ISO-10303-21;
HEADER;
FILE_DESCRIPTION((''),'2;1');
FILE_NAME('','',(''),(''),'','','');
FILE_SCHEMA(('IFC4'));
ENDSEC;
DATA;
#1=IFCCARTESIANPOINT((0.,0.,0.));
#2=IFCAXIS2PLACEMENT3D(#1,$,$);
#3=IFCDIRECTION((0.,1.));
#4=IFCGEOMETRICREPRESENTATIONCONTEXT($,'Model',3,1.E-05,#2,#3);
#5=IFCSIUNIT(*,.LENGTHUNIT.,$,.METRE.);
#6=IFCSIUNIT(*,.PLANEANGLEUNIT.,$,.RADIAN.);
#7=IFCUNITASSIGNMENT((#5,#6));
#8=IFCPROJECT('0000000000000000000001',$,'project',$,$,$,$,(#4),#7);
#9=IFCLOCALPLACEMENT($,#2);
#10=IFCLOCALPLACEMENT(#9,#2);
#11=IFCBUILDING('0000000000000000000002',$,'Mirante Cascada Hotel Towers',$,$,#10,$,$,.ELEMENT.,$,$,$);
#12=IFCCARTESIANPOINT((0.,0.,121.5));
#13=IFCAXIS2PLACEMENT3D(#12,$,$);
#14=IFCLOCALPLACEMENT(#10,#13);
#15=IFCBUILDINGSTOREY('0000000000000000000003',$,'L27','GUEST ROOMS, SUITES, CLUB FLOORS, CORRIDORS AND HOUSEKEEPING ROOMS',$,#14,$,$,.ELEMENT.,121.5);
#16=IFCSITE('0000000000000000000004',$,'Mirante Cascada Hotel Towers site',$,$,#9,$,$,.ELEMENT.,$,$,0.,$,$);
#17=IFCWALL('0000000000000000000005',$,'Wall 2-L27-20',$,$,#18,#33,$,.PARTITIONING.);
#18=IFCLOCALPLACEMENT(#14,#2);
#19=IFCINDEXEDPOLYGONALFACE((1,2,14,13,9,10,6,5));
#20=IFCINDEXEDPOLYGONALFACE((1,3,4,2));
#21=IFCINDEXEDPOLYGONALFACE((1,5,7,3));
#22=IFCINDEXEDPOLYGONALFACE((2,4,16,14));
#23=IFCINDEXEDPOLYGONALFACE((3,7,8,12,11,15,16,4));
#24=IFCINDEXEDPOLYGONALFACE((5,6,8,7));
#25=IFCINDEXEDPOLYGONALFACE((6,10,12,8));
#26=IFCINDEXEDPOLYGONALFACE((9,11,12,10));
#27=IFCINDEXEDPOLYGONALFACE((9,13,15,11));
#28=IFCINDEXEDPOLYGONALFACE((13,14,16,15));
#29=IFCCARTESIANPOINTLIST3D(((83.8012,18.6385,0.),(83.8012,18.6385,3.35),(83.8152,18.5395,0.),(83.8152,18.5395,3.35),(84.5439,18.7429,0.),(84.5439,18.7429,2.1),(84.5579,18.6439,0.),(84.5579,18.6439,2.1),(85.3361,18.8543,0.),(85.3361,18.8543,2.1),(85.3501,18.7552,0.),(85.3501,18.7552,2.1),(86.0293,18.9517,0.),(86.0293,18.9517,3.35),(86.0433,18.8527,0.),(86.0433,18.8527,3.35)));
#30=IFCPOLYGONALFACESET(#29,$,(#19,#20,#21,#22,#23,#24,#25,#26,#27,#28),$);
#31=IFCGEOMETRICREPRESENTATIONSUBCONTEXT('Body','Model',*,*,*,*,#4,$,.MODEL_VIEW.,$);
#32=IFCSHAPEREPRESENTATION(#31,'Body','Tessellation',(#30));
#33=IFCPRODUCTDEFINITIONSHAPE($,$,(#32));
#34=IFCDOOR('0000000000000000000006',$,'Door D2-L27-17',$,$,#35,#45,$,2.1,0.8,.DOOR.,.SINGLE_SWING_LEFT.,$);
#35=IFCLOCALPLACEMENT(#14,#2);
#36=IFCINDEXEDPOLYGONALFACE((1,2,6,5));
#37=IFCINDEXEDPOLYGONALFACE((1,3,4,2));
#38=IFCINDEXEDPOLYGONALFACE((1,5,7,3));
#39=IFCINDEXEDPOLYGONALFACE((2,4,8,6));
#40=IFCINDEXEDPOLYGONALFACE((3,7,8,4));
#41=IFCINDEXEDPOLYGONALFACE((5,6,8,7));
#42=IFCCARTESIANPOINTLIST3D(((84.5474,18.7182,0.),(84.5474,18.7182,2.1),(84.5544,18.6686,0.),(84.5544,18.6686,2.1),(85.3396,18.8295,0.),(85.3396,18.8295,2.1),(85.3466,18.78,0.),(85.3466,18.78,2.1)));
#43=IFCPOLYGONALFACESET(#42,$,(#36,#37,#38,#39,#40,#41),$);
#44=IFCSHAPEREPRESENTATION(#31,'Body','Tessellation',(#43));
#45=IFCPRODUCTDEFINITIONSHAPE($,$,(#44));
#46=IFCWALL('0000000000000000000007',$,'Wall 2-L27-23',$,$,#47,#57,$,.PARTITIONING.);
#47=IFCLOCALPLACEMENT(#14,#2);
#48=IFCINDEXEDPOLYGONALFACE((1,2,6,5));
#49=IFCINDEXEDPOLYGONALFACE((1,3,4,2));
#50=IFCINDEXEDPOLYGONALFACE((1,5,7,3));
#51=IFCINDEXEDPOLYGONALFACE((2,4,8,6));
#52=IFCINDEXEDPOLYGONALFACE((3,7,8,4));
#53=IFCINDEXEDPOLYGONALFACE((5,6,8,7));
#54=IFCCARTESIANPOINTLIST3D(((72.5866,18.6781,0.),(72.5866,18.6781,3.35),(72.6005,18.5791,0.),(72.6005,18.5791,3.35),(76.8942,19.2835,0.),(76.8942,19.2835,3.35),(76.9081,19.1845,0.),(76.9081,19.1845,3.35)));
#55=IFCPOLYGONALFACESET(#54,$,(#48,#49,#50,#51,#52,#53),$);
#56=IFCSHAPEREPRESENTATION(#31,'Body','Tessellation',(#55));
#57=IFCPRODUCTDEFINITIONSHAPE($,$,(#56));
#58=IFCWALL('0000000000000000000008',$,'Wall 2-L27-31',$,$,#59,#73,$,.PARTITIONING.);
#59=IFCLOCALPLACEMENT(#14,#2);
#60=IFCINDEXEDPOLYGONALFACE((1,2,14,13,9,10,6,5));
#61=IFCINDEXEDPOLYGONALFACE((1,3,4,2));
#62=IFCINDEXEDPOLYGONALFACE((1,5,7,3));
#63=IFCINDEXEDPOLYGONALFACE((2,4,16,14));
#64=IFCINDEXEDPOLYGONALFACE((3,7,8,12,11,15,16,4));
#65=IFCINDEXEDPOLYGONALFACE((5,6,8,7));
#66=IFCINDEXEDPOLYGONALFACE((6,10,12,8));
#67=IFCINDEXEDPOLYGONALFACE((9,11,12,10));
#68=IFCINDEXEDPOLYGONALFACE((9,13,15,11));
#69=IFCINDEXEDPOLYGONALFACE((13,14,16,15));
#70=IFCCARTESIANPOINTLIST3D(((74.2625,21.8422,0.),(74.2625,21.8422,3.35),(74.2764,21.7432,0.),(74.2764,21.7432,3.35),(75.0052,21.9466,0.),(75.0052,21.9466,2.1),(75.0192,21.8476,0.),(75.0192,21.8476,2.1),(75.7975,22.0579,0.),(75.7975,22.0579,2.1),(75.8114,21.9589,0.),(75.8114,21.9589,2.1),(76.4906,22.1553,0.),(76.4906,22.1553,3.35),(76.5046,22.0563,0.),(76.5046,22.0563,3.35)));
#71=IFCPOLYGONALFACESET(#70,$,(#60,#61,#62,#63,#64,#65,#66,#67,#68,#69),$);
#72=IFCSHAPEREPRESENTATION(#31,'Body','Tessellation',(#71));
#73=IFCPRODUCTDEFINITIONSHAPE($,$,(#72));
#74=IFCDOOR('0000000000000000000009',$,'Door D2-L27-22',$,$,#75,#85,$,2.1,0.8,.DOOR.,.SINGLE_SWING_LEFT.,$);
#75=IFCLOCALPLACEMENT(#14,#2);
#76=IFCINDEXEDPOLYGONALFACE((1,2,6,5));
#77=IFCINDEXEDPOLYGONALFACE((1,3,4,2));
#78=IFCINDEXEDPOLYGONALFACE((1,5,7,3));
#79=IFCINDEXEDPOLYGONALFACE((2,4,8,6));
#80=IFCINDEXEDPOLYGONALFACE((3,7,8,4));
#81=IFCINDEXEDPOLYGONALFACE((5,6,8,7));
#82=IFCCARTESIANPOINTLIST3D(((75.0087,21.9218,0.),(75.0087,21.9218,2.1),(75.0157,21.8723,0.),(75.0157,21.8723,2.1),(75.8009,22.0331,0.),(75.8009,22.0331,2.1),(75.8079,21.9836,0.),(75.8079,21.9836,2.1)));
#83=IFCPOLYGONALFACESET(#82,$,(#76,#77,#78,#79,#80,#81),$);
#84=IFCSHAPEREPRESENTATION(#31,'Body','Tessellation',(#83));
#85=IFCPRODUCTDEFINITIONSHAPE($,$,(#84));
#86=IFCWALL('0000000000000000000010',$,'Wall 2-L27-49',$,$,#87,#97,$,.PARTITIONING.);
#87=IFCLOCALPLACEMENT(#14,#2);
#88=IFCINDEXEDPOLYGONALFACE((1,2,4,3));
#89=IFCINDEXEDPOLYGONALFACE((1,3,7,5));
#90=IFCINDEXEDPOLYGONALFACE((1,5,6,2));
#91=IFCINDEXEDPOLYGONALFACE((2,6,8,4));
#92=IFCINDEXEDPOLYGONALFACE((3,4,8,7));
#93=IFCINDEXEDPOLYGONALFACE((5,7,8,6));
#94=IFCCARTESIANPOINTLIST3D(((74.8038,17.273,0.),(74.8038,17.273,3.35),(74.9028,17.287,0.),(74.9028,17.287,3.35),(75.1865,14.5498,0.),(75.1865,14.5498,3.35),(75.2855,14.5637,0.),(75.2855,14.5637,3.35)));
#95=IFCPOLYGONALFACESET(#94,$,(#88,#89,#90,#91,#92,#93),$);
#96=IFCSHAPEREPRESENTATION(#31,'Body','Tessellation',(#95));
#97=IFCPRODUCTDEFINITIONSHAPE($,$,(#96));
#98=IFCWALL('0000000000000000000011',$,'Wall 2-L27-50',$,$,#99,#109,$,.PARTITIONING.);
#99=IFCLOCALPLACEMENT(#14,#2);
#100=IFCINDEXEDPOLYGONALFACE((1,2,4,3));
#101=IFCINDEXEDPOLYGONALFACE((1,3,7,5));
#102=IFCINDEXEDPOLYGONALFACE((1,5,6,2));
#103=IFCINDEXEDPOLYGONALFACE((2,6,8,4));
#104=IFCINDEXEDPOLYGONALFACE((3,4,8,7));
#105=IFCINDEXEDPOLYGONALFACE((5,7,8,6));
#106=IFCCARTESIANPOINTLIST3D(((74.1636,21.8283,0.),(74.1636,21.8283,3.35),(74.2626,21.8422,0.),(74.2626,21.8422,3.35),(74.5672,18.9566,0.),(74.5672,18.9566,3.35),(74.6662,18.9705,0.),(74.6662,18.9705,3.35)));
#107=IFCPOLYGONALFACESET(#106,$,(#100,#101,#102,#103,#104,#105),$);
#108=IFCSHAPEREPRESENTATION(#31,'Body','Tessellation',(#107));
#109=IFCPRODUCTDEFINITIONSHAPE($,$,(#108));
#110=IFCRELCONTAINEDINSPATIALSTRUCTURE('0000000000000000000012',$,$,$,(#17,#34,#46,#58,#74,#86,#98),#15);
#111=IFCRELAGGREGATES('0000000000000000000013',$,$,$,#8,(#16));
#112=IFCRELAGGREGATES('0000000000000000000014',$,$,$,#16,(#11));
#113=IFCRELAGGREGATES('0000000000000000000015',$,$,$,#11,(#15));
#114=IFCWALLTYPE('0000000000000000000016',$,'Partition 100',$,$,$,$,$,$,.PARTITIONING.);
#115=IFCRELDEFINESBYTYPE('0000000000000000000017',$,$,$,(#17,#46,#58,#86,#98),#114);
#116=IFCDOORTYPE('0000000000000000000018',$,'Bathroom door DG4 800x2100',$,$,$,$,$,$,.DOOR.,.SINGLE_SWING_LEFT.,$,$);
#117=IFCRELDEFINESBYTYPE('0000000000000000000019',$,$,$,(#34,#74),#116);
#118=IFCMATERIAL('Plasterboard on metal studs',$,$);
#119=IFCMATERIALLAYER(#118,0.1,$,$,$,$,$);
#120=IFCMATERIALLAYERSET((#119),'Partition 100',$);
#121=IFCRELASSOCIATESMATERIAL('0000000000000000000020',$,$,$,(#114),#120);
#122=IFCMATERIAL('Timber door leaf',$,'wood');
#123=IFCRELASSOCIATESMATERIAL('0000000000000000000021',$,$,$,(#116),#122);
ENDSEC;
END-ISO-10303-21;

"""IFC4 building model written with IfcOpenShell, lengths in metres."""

from ifc_helpers import new_model, si_unit, direction, frame, frame_2d, origin, place, context, subcontext, project, spatial, rectangle, extrude, material, layer, layer_set, type_object, element, fill, save


model = new_model("IFC4")

# Units and contexts
model_context = context("Model", 3, precision=1e-05, world=origin(), true_north=direction((0.0, 1.0)))
body_context = subcontext(model_context, "Body", "Model", "MODEL_VIEW")
ifc_project = project(units=[si_unit("LENGTHUNIT", "METRE"), si_unit("PLANEANGLEUNIT", "RADIAN")], contexts=[model_context])

# Site, building, storey
site_placement = place(None, origin())
site = spatial("IfcSite", under=ifc_project, at=site_placement, Name="Mirante Cascada Hotel Towers site", CompositionType="ELEMENT", RefElevation=0.0)
building_placement = place(site_placement, origin())
building = spatial("IfcBuilding", under=site, at=building_placement, Name="Mirante Cascada Hotel Towers", CompositionType="ELEMENT")
storey_placement = place(building_placement, frame((0.0, 0.0, 121.5)))
storey = spatial("IfcBuildingStorey", under=building, at=storey_placement, Name="L27", Description="GUEST ROOMS, SUITES, CLUB FLOORS, CORRIDORS AND HOUSEKEEPING ROOMS", CompositionType="ELEMENT", Elevation=121.5)

# Shared definitions
ifc_material_1 = material(Name="Plasterboard on metal studs")
ifc_layer_1 = layer(ifc_material_1, 0.1)
ifc_layer_set_1 = layer_set([ifc_layer_1], Name="Partition 100")
wall_type_1 = type_object("IfcWallType", Name="Partition 100", PredefinedType="PARTITIONING", material=ifc_layer_set_1)
ifc_material_2 = material(Name="Timber door leaf", Category="wood")
door_type = type_object("IfcDoorType", Name="Bathroom door DG4 800x2100", OperationType="SINGLE_SWING_LEFT", PredefinedType="DOOR", material=ifc_material_2)

# Wall, opening, door
wall_1_placement = place(storey_placement, frame((83.8082, 18.589, 0.0), z_axis=(0.0, 0.0, 1.0), x_axis=(0.990264, 0.1392, 0.0)))
wall_1 = element("IfcWall", 1, at=wall_1_placement, inside=storey, type_object=wall_type_1, Name="Wall 2-L27-20", PredefinedType="PARTITIONING", context=body_context, shape_type="SweptSolid", body=[
    extrude(rectangle(XDim=2.25, YDim=0.1, at=frame_2d((1.125, 0.0))), origin(), (0.0, 0.0, 1.0), 3.35),
])
opening_1_placement = place(wall_1_placement, frame((0.75, 0.0, 0.0)))
opening_1 = element("IfcOpeningElement", 2, at=opening_1_placement, cuts=wall_1, PredefinedType="OPENING", context=body_context, shape_type="SweptSolid", body=[
    extrude(rectangle(XDim=0.8, YDim=2.1, at=frame_2d((0.4, 1.05))), frame((0.0, 0.05, 0.0), z_axis=(0.0, -1.0, 0.0), x_axis=(1.0, 0.0, 0.0)), (0.0, 0.0, 1.0), 0.1),
])
door_1_placement = place(opening_1_placement, origin())
door_1 = element("IfcDoor", 3, at=door_1_placement, inside=storey, type_object=door_type, Name="Door D2-L27-17", OperationType="SINGLE_SWING_LEFT", OverallHeight=2.1, OverallWidth=0.8, PredefinedType="DOOR", context=body_context, shape_type="SweptSolid", body=[
    extrude(rectangle(XDim=0.8, YDim=2.1, at=frame_2d((0.4, 1.05))), frame((0.0, 0.025, 0.0), z_axis=(0.0, -1.0, 0.0), x_axis=(1.0, 0.0, 0.0)), (0.0, 0.0, 1.0), 0.05),
])
fill(opening_1, door_1)

# Wall
wall_2_placement = place(storey_placement, frame((76.9012, 19.234, 0.0), z_axis=(0.0, 0.0, 1.0), x_axis=(-0.990268, -0.139175, 0.0)))
element("IfcWall", 4, at=wall_2_placement, inside=storey, type_object=wall_type_1, Name="Wall 2-L27-23", PredefinedType="PARTITIONING", context=body_context, shape_type="SweptSolid", body=[
    extrude(rectangle(XDim=4.3499, YDim=0.1, at=frame_2d((2.175, 0.0))), origin(), (0.0, 0.0, 1.0), 3.35),
])

# Wall, opening, door
wall_3_placement = place(storey_placement, frame((76.4976, 22.1058, 0.0), z_axis=(0.0, 0.0, 1.0), x_axis=(-0.990271, -0.139156, 0.0)))
wall_3 = element("IfcWall", 5, at=wall_3_placement, inside=storey, type_object=wall_type_1, Name="Wall 2-L27-31", PredefinedType="PARTITIONING", context=body_context, shape_type="SweptSolid", body=[
    extrude(rectangle(XDim=2.25, YDim=0.1, at=frame_2d((1.125, 0.0))), origin(), (0.0, 0.0, 1.0), 3.35),
])
opening_2_placement = place(wall_3_placement, frame((0.7, 0.0, 0.0)))
opening_2 = element("IfcOpeningElement", 6, at=opening_2_placement, cuts=wall_3, PredefinedType="OPENING", context=body_context, shape_type="SweptSolid", body=[
    extrude(rectangle(XDim=0.8, YDim=2.1, at=frame_2d((0.4, 1.05))), frame((0.0, 0.05, 0.0), z_axis=(0.0, -1.0, 0.0), x_axis=(1.0, 0.0, 0.0)), (0.0, 0.0, 1.0), 0.1),
])
door_2_placement = place(opening_2_placement, origin())
door_2 = element("IfcDoor", 7, at=door_2_placement, inside=storey, type_object=door_type, Name="Door D2-L27-22", OperationType="SINGLE_SWING_LEFT", OverallHeight=2.1, OverallWidth=0.8, PredefinedType="DOOR", context=body_context, shape_type="SweptSolid", body=[
    extrude(rectangle(XDim=0.8, YDim=2.1, at=frame_2d((0.4, 1.05))), frame((0.0, 0.025, 0.0), z_axis=(0.0, -1.0, 0.0), x_axis=(1.0, 0.0, 0.0)), (0.0, 0.0, 1.0), 0.05),
])
fill(opening_2, door_2)

# Walls
wall_4_placement = place(storey_placement, frame((74.8533, 17.28, 0.0), z_axis=(0.0, 0.0, 1.0), x_axis=(0.139166, -0.990269, 0.0)))
element("IfcWall", 8, at=wall_4_placement, inside=storey, type_object=wall_type_1, Name="Wall 2-L27-49", PredefinedType="PARTITIONING", context=body_context, shape_type="SweptSolid", body=[
    extrude(rectangle(XDim=2.75, YDim=0.1, at=frame_2d((1.375, 0.0))), origin(), (0.0, 0.0, 1.0), 3.35),
])
wall_5_placement = place(storey_placement, frame((74.6167, 18.9635, 0.0), z_axis=(0.0, 0.0, 1.0), x_axis=(-0.139176, 0.990268, 0.0)))
element("IfcWall", 9, at=wall_5_placement, inside=storey, type_object=wall_type_1, Name="Wall 2-L27-50", PredefinedType="PARTITIONING", context=body_context, shape_type="SweptSolid", body=[
    extrude(rectangle(XDim=2.8999, YDim=0.1, at=frame_2d((1.45, 0.0))), origin(), (0.0, 0.0, 1.0), 3.35),
])

save(model, "model.ifc")
